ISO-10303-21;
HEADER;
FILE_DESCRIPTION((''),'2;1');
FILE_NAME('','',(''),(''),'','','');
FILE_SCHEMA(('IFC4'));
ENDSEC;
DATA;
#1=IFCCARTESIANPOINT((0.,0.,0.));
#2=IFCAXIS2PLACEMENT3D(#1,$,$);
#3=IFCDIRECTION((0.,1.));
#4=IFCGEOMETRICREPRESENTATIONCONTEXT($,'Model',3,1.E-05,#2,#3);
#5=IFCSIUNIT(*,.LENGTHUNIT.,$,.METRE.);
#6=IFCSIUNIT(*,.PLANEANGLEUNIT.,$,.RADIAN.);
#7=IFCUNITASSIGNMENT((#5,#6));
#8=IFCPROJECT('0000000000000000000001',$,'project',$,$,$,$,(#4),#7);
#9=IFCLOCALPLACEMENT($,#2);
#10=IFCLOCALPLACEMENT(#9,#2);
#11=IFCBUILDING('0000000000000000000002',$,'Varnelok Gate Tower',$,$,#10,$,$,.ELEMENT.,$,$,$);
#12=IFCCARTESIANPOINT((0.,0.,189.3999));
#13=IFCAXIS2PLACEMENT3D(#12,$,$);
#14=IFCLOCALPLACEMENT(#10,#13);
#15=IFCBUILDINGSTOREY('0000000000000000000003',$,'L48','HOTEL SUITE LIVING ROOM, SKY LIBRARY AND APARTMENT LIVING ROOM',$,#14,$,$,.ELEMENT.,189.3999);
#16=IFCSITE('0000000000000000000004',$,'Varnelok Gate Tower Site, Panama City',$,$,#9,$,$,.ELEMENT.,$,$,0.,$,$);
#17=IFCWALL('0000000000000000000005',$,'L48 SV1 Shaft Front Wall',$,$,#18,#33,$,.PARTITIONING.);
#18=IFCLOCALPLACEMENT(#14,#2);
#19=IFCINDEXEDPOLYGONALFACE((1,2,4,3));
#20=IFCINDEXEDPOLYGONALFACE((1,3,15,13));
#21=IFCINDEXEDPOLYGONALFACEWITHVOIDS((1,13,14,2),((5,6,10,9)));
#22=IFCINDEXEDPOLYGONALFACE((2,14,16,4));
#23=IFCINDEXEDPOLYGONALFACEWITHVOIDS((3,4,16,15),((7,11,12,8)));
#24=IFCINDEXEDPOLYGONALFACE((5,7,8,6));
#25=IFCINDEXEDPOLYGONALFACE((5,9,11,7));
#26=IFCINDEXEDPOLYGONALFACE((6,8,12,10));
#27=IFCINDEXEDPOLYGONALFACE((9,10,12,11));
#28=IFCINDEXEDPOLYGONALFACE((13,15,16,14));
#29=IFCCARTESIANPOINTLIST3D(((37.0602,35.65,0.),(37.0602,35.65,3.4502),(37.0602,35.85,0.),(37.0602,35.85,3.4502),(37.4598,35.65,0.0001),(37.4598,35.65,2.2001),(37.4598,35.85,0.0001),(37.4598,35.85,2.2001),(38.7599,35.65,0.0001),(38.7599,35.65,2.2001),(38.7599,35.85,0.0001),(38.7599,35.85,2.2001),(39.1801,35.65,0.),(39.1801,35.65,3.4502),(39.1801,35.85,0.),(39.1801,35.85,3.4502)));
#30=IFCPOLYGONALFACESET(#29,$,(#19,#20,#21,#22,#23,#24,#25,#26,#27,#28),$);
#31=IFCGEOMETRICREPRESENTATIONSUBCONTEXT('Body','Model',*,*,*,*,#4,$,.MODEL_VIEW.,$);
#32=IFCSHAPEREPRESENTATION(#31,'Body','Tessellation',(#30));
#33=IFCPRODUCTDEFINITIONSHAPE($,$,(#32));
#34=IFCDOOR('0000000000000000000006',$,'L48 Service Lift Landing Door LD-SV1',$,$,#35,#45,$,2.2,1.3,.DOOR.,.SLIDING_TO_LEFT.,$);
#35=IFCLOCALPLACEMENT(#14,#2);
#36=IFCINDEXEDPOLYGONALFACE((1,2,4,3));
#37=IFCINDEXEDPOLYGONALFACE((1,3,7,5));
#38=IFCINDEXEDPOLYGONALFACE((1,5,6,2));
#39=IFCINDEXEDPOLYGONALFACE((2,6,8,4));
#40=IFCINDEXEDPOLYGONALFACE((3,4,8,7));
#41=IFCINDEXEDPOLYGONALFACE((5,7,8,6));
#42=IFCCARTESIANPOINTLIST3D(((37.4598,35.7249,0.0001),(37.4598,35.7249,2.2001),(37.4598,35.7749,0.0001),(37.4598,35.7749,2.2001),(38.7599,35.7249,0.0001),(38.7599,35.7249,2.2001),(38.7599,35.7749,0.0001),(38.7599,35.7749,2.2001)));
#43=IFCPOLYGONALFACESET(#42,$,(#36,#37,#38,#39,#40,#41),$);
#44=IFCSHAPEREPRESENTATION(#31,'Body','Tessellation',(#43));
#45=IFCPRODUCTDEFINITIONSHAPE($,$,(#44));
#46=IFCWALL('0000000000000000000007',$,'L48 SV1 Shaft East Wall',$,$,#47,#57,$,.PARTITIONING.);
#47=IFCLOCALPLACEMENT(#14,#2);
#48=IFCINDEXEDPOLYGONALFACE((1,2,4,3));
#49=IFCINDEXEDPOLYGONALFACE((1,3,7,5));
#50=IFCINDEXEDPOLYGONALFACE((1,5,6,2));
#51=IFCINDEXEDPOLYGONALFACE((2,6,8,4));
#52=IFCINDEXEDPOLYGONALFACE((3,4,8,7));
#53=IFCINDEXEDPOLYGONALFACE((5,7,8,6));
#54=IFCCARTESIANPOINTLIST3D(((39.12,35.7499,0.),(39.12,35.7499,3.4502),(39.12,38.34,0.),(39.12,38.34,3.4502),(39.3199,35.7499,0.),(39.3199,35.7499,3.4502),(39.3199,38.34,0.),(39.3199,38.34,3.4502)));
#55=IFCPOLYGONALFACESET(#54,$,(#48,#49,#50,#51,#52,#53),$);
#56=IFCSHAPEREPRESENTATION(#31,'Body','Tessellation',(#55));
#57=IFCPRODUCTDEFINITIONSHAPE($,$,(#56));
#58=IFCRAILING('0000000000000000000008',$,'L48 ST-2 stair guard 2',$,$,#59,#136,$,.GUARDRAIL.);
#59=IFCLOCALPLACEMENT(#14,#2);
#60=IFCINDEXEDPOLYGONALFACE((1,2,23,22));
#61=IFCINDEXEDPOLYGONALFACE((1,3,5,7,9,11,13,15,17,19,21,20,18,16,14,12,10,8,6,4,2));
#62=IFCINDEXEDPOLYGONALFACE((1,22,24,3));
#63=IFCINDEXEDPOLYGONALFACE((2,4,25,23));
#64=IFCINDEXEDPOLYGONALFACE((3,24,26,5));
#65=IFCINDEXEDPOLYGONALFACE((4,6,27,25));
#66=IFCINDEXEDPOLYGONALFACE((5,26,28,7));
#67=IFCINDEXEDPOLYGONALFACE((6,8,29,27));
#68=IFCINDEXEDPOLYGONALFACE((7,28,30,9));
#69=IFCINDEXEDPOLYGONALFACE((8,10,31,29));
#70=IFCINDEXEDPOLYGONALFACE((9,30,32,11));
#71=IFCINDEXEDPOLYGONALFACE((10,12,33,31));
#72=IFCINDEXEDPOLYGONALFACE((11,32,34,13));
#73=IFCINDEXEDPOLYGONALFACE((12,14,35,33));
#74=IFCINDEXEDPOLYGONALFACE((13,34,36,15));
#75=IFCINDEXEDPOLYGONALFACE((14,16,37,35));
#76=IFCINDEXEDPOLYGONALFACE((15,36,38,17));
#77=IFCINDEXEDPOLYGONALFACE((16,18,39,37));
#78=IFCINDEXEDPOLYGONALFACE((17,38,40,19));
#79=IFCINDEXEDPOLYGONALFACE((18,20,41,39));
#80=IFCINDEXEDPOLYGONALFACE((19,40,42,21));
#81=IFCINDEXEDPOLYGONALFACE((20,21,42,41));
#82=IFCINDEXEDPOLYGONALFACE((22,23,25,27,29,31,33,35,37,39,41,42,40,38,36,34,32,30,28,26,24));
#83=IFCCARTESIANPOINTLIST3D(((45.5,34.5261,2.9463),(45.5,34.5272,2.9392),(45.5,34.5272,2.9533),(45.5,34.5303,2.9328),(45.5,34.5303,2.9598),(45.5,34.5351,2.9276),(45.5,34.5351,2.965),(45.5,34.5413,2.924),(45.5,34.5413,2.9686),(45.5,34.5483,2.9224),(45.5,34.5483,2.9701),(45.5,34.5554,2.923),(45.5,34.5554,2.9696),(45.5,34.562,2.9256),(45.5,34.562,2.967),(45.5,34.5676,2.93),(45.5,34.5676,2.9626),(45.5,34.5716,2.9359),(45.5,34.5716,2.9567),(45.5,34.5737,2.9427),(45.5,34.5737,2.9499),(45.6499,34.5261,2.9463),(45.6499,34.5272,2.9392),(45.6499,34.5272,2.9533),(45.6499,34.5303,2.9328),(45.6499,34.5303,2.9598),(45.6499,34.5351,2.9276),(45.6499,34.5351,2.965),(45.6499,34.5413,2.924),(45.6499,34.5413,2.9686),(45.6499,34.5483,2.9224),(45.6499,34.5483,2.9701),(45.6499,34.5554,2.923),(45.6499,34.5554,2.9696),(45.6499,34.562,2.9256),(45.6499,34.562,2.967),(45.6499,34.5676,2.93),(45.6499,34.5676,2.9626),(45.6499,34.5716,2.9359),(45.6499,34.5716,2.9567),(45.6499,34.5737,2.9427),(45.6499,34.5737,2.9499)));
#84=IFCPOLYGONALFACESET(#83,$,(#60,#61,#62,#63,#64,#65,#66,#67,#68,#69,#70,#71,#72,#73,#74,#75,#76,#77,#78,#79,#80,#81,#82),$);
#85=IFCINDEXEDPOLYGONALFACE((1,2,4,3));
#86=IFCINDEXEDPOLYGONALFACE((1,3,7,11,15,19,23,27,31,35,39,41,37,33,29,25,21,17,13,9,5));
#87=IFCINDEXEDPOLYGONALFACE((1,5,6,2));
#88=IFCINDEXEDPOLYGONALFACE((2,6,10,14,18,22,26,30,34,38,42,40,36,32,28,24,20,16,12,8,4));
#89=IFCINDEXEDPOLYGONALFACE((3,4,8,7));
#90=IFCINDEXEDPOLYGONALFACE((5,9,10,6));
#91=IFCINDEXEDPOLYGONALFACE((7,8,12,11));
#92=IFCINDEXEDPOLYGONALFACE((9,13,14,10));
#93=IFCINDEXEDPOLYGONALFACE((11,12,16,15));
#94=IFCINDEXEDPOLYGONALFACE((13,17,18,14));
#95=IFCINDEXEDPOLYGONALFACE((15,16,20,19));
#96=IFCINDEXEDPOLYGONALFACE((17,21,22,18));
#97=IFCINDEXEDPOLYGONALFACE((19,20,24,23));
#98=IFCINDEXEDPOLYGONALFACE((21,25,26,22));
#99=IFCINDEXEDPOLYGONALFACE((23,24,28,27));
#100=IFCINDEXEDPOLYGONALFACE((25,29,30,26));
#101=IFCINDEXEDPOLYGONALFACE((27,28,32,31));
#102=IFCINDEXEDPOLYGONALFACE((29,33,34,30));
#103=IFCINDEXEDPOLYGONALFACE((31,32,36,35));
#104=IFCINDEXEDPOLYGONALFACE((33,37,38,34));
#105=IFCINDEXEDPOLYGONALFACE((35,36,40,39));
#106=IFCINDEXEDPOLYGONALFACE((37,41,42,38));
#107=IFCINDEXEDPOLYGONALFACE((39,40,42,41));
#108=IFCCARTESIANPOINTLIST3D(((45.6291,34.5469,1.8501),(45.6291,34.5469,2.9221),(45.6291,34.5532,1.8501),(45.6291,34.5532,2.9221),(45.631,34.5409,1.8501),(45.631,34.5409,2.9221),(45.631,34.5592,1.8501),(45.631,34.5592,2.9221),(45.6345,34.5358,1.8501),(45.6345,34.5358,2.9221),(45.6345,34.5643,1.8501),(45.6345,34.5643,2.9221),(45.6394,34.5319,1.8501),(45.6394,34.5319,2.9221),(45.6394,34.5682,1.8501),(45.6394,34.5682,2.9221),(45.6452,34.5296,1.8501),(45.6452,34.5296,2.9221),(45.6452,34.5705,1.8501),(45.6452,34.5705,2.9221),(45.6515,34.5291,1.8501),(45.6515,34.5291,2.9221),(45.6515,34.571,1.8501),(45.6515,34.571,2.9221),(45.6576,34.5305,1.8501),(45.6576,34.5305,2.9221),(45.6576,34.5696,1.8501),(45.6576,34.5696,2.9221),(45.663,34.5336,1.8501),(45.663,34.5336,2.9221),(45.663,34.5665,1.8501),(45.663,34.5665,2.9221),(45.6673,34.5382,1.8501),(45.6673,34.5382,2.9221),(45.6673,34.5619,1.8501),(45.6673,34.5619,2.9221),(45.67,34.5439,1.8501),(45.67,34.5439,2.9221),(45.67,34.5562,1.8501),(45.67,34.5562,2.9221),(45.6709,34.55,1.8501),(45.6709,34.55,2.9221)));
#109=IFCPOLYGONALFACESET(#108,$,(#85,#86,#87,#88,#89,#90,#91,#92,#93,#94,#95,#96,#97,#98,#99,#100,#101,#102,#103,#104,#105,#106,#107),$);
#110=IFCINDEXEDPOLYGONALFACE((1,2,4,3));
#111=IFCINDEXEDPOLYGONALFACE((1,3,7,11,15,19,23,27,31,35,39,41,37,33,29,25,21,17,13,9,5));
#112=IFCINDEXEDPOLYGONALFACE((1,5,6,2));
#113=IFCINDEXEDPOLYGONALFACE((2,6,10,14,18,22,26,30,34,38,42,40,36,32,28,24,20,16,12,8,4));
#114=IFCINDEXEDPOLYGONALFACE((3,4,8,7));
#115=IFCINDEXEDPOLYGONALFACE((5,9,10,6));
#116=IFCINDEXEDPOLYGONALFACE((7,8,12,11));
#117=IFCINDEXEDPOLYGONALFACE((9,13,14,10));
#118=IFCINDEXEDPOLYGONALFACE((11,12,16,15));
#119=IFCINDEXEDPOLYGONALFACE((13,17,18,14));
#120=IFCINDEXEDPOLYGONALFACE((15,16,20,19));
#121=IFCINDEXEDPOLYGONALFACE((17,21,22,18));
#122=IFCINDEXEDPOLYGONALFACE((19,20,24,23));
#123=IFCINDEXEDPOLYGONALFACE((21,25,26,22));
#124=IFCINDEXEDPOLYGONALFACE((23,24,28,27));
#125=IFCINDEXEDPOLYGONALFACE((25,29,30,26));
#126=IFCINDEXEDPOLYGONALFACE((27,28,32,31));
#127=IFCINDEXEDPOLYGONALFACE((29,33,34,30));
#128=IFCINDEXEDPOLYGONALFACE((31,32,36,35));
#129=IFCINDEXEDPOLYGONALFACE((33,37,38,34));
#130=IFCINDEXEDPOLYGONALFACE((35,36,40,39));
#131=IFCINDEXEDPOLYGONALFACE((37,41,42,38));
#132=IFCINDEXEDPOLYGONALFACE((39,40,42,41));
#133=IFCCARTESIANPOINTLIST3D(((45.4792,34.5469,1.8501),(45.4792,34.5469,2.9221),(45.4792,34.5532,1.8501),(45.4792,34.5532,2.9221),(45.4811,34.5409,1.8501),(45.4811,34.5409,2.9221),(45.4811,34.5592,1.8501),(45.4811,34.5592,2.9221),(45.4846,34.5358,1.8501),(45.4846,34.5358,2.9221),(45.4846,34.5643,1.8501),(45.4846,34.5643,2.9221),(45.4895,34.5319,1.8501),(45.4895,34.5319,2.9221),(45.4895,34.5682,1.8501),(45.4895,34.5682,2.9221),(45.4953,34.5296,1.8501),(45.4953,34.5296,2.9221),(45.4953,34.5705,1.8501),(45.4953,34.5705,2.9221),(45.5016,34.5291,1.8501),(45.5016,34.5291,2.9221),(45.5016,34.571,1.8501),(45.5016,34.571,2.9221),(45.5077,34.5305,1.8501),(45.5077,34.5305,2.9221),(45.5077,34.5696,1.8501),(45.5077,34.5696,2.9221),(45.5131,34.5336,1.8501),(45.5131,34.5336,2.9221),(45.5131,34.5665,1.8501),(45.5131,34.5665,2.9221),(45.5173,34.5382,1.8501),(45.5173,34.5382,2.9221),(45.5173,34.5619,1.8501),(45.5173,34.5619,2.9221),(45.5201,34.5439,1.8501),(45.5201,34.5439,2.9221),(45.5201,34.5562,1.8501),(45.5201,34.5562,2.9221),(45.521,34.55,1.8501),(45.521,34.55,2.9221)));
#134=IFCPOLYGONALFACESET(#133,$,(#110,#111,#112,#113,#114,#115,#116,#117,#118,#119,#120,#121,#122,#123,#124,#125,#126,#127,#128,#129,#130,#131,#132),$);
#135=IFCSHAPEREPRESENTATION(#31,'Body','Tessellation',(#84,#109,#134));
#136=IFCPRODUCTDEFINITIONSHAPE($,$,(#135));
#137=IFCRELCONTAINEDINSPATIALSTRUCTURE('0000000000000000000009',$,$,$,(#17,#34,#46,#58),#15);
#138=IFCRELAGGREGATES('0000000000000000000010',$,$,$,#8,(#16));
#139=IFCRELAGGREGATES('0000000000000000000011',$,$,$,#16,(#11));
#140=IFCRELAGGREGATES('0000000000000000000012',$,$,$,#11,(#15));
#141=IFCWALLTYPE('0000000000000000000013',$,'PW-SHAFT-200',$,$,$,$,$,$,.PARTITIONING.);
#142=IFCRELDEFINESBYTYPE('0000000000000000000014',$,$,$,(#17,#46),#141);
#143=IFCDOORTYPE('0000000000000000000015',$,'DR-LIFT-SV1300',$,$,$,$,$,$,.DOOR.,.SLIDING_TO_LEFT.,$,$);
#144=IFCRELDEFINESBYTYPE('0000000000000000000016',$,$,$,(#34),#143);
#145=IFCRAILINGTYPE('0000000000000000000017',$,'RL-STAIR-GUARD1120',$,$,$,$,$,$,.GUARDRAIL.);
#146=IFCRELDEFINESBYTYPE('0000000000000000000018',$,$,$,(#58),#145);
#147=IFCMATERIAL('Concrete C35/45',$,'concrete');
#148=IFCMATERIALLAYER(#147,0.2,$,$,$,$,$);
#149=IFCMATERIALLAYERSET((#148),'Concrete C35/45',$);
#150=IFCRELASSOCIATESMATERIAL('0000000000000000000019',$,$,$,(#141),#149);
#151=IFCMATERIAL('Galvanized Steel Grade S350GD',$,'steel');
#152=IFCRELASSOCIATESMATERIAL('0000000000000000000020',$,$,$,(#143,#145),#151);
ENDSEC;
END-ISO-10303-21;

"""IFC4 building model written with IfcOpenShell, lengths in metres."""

from ifc_helpers import new_model, si_unit, direction, frame, frame_2d, origin, origin_2d, place, context, subcontext, project, spatial, rectangle, circle, extrude, material, layer, layer_set, type_object, element, fill, save


model = new_model("IFC4")

# Units and contexts
model_context = context("Model", 3, precision=1e-05, world=origin(), true_north=direction((0.0, 1.0)))
body_context = subcontext(model_context, "Body", "Model", "MODEL_VIEW")
ifc_project = project(units=[si_unit("LENGTHUNIT", "METRE"), si_unit("PLANEANGLEUNIT", "RADIAN")], contexts=[model_context])

# Site, building, storey
site_placement = place(None, origin())
site = spatial("IfcSite", under=ifc_project, at=site_placement, Name="Varnelok Gate Tower Site, Panama City", CompositionType="ELEMENT", RefElevation=0.0)
building_placement = place(site_placement, origin())
building = spatial("IfcBuilding", under=site, at=building_placement, Name="Varnelok Gate Tower", CompositionType="ELEMENT")
storey_placement = place(building_placement, frame((0.0, 0.0, 189.3999)))
storey = spatial("IfcBuildingStorey", under=building, at=storey_placement, Name="L48", Description="HOTEL SUITE LIVING ROOM, SKY LIBRARY AND APARTMENT LIVING ROOM", CompositionType="ELEMENT", Elevation=189.3999)

# Shared definitions
ifc_material_1 = material(Name="Galvanized Steel Grade S350GD", Category="steel")

# Shared definitions
ifc_material_2 = material(Name="Concrete C35/45", Category="concrete")
ifc_layer_1 = layer(ifc_material_2, 0.2)
ifc_layer_set_1 = layer_set([ifc_layer_1], Name="Concrete C35/45")
wall_type_1 = type_object("IfcWallType", Name="PW-SHAFT-200", PredefinedType="PARTITIONING", material=ifc_layer_set_1)

# Wall, opening, door
wall_1_placement = place(storey_placement, frame((37.0601, 35.75, 0.0), z_axis=(0.0, 0.0, 1.0), x_axis=(1.0, 0.0, 0.0)))
wall_1 = element("IfcWall", 1, at=wall_1_placement, inside=storey, type_object=wall_type_1, Name="L48 SV1 Shaft Front Wall", PredefinedType="PARTITIONING", context=body_context, shape_type="SweptSolid", body=[
    extrude(rectangle(XDim=2.1199, YDim=0.2, at=frame_2d((1.0601, 0.0))), origin(), (0.0, 0.0, 1.0), 3.4502),
])
opening_1_placement = place(wall_1_placement, frame((0.3999, 0.0, 0.0)))
opening_1 = element("IfcOpeningElement", 2, at=opening_1_placement, cuts=wall_1, PredefinedType="OPENING", context=body_context, shape_type="SweptSolid", body=[
    extrude(rectangle(XDim=1.3, YDim=2.2, at=frame_2d((0.6499, 1.1001))), frame((0.0, 0.1099, 0.0), z_axis=(0.0, -1.0, 0.0), x_axis=(1.0, 0.0, 0.0)), (0.0, 0.0, 1.0), 0.22),
])
door_type_1 = type_object("IfcDoorType", Name="DR-LIFT-SV1300", OperationType="SLIDING_TO_LEFT", PredefinedType="DOOR", material=ifc_material_1)
door_1_placement = place(opening_1_placement, origin())
door_1 = element("IfcDoor", 3, at=door_1_placement, inside=storey, type_object=door_type_1, Name="L48 Service Lift Landing Door LD-SV1", OperationType="SLIDING_TO_LEFT", OverallHeight=2.2, OverallWidth=1.3, PredefinedType="DOOR", context=body_context, shape_type="SweptSolid", body=[
    extrude(rectangle(XDim=1.3, YDim=2.2, at=frame_2d((0.6499, 1.1001))), frame((0.0, 0.0249, 0.0), z_axis=(0.0, -1.0, 0.0), x_axis=(1.0, 0.0, 0.0)), (0.0, 0.0, 1.0), 0.05),
])
fill(opening_1, door_1)

# Wall
wall_2_placement = place(storey_placement, frame((39.22, 35.75, 0.0), z_axis=(0.0, 0.0, 1.0), x_axis=(0.0, 1.0, 0.0)))
element("IfcWall", 4, at=wall_2_placement, inside=storey, type_object=wall_type_1, Name="L48 SV1 Shaft East Wall", PredefinedType="PARTITIONING", context=body_context, shape_type="SweptSolid", body=[
    extrude(rectangle(XDim=2.5901, YDim=0.2, at=frame_2d((1.2949, 0.0))), origin(), (0.0, 0.0, 1.0), 3.4502),
])

# Railing
railing_type_1 = type_object("IfcRailingType", Name="RL-STAIR-GUARD1120", PredefinedType="GUARDRAIL", material=ifc_material_1)
railing_1_placement = place(storey_placement, frame((45.6499, 34.55, 1.8501)))
element("IfcRailing", 5, at=railing_1_placement, inside=storey, type_object=railing_type_1, Name="L48 ST-2 stair guard 2", PredefinedType="GUARDRAIL", context=body_context, shape_type="SweptSolid", body=[
    extrude(circle(Radius=0.0239, at=origin_2d()), frame((0.0, 0.0, 1.0962), z_axis=(-1.0, 0.0, 0.0), x_axis=(0.0, -1.0, 0.0)), (0.0, 0.0, 1.0), 0.1499),
    extrude(circle(Radius=0.021, at=origin_2d()), origin(), (0.0, 0.0, 1.0), 1.072),
    extrude(circle(Radius=0.021, at=origin_2d()), frame((-0.1499, 0.0, 0.0)), (0.0, 0.0, 1.0), 1.072),
])

save(model, "model.ifc")
